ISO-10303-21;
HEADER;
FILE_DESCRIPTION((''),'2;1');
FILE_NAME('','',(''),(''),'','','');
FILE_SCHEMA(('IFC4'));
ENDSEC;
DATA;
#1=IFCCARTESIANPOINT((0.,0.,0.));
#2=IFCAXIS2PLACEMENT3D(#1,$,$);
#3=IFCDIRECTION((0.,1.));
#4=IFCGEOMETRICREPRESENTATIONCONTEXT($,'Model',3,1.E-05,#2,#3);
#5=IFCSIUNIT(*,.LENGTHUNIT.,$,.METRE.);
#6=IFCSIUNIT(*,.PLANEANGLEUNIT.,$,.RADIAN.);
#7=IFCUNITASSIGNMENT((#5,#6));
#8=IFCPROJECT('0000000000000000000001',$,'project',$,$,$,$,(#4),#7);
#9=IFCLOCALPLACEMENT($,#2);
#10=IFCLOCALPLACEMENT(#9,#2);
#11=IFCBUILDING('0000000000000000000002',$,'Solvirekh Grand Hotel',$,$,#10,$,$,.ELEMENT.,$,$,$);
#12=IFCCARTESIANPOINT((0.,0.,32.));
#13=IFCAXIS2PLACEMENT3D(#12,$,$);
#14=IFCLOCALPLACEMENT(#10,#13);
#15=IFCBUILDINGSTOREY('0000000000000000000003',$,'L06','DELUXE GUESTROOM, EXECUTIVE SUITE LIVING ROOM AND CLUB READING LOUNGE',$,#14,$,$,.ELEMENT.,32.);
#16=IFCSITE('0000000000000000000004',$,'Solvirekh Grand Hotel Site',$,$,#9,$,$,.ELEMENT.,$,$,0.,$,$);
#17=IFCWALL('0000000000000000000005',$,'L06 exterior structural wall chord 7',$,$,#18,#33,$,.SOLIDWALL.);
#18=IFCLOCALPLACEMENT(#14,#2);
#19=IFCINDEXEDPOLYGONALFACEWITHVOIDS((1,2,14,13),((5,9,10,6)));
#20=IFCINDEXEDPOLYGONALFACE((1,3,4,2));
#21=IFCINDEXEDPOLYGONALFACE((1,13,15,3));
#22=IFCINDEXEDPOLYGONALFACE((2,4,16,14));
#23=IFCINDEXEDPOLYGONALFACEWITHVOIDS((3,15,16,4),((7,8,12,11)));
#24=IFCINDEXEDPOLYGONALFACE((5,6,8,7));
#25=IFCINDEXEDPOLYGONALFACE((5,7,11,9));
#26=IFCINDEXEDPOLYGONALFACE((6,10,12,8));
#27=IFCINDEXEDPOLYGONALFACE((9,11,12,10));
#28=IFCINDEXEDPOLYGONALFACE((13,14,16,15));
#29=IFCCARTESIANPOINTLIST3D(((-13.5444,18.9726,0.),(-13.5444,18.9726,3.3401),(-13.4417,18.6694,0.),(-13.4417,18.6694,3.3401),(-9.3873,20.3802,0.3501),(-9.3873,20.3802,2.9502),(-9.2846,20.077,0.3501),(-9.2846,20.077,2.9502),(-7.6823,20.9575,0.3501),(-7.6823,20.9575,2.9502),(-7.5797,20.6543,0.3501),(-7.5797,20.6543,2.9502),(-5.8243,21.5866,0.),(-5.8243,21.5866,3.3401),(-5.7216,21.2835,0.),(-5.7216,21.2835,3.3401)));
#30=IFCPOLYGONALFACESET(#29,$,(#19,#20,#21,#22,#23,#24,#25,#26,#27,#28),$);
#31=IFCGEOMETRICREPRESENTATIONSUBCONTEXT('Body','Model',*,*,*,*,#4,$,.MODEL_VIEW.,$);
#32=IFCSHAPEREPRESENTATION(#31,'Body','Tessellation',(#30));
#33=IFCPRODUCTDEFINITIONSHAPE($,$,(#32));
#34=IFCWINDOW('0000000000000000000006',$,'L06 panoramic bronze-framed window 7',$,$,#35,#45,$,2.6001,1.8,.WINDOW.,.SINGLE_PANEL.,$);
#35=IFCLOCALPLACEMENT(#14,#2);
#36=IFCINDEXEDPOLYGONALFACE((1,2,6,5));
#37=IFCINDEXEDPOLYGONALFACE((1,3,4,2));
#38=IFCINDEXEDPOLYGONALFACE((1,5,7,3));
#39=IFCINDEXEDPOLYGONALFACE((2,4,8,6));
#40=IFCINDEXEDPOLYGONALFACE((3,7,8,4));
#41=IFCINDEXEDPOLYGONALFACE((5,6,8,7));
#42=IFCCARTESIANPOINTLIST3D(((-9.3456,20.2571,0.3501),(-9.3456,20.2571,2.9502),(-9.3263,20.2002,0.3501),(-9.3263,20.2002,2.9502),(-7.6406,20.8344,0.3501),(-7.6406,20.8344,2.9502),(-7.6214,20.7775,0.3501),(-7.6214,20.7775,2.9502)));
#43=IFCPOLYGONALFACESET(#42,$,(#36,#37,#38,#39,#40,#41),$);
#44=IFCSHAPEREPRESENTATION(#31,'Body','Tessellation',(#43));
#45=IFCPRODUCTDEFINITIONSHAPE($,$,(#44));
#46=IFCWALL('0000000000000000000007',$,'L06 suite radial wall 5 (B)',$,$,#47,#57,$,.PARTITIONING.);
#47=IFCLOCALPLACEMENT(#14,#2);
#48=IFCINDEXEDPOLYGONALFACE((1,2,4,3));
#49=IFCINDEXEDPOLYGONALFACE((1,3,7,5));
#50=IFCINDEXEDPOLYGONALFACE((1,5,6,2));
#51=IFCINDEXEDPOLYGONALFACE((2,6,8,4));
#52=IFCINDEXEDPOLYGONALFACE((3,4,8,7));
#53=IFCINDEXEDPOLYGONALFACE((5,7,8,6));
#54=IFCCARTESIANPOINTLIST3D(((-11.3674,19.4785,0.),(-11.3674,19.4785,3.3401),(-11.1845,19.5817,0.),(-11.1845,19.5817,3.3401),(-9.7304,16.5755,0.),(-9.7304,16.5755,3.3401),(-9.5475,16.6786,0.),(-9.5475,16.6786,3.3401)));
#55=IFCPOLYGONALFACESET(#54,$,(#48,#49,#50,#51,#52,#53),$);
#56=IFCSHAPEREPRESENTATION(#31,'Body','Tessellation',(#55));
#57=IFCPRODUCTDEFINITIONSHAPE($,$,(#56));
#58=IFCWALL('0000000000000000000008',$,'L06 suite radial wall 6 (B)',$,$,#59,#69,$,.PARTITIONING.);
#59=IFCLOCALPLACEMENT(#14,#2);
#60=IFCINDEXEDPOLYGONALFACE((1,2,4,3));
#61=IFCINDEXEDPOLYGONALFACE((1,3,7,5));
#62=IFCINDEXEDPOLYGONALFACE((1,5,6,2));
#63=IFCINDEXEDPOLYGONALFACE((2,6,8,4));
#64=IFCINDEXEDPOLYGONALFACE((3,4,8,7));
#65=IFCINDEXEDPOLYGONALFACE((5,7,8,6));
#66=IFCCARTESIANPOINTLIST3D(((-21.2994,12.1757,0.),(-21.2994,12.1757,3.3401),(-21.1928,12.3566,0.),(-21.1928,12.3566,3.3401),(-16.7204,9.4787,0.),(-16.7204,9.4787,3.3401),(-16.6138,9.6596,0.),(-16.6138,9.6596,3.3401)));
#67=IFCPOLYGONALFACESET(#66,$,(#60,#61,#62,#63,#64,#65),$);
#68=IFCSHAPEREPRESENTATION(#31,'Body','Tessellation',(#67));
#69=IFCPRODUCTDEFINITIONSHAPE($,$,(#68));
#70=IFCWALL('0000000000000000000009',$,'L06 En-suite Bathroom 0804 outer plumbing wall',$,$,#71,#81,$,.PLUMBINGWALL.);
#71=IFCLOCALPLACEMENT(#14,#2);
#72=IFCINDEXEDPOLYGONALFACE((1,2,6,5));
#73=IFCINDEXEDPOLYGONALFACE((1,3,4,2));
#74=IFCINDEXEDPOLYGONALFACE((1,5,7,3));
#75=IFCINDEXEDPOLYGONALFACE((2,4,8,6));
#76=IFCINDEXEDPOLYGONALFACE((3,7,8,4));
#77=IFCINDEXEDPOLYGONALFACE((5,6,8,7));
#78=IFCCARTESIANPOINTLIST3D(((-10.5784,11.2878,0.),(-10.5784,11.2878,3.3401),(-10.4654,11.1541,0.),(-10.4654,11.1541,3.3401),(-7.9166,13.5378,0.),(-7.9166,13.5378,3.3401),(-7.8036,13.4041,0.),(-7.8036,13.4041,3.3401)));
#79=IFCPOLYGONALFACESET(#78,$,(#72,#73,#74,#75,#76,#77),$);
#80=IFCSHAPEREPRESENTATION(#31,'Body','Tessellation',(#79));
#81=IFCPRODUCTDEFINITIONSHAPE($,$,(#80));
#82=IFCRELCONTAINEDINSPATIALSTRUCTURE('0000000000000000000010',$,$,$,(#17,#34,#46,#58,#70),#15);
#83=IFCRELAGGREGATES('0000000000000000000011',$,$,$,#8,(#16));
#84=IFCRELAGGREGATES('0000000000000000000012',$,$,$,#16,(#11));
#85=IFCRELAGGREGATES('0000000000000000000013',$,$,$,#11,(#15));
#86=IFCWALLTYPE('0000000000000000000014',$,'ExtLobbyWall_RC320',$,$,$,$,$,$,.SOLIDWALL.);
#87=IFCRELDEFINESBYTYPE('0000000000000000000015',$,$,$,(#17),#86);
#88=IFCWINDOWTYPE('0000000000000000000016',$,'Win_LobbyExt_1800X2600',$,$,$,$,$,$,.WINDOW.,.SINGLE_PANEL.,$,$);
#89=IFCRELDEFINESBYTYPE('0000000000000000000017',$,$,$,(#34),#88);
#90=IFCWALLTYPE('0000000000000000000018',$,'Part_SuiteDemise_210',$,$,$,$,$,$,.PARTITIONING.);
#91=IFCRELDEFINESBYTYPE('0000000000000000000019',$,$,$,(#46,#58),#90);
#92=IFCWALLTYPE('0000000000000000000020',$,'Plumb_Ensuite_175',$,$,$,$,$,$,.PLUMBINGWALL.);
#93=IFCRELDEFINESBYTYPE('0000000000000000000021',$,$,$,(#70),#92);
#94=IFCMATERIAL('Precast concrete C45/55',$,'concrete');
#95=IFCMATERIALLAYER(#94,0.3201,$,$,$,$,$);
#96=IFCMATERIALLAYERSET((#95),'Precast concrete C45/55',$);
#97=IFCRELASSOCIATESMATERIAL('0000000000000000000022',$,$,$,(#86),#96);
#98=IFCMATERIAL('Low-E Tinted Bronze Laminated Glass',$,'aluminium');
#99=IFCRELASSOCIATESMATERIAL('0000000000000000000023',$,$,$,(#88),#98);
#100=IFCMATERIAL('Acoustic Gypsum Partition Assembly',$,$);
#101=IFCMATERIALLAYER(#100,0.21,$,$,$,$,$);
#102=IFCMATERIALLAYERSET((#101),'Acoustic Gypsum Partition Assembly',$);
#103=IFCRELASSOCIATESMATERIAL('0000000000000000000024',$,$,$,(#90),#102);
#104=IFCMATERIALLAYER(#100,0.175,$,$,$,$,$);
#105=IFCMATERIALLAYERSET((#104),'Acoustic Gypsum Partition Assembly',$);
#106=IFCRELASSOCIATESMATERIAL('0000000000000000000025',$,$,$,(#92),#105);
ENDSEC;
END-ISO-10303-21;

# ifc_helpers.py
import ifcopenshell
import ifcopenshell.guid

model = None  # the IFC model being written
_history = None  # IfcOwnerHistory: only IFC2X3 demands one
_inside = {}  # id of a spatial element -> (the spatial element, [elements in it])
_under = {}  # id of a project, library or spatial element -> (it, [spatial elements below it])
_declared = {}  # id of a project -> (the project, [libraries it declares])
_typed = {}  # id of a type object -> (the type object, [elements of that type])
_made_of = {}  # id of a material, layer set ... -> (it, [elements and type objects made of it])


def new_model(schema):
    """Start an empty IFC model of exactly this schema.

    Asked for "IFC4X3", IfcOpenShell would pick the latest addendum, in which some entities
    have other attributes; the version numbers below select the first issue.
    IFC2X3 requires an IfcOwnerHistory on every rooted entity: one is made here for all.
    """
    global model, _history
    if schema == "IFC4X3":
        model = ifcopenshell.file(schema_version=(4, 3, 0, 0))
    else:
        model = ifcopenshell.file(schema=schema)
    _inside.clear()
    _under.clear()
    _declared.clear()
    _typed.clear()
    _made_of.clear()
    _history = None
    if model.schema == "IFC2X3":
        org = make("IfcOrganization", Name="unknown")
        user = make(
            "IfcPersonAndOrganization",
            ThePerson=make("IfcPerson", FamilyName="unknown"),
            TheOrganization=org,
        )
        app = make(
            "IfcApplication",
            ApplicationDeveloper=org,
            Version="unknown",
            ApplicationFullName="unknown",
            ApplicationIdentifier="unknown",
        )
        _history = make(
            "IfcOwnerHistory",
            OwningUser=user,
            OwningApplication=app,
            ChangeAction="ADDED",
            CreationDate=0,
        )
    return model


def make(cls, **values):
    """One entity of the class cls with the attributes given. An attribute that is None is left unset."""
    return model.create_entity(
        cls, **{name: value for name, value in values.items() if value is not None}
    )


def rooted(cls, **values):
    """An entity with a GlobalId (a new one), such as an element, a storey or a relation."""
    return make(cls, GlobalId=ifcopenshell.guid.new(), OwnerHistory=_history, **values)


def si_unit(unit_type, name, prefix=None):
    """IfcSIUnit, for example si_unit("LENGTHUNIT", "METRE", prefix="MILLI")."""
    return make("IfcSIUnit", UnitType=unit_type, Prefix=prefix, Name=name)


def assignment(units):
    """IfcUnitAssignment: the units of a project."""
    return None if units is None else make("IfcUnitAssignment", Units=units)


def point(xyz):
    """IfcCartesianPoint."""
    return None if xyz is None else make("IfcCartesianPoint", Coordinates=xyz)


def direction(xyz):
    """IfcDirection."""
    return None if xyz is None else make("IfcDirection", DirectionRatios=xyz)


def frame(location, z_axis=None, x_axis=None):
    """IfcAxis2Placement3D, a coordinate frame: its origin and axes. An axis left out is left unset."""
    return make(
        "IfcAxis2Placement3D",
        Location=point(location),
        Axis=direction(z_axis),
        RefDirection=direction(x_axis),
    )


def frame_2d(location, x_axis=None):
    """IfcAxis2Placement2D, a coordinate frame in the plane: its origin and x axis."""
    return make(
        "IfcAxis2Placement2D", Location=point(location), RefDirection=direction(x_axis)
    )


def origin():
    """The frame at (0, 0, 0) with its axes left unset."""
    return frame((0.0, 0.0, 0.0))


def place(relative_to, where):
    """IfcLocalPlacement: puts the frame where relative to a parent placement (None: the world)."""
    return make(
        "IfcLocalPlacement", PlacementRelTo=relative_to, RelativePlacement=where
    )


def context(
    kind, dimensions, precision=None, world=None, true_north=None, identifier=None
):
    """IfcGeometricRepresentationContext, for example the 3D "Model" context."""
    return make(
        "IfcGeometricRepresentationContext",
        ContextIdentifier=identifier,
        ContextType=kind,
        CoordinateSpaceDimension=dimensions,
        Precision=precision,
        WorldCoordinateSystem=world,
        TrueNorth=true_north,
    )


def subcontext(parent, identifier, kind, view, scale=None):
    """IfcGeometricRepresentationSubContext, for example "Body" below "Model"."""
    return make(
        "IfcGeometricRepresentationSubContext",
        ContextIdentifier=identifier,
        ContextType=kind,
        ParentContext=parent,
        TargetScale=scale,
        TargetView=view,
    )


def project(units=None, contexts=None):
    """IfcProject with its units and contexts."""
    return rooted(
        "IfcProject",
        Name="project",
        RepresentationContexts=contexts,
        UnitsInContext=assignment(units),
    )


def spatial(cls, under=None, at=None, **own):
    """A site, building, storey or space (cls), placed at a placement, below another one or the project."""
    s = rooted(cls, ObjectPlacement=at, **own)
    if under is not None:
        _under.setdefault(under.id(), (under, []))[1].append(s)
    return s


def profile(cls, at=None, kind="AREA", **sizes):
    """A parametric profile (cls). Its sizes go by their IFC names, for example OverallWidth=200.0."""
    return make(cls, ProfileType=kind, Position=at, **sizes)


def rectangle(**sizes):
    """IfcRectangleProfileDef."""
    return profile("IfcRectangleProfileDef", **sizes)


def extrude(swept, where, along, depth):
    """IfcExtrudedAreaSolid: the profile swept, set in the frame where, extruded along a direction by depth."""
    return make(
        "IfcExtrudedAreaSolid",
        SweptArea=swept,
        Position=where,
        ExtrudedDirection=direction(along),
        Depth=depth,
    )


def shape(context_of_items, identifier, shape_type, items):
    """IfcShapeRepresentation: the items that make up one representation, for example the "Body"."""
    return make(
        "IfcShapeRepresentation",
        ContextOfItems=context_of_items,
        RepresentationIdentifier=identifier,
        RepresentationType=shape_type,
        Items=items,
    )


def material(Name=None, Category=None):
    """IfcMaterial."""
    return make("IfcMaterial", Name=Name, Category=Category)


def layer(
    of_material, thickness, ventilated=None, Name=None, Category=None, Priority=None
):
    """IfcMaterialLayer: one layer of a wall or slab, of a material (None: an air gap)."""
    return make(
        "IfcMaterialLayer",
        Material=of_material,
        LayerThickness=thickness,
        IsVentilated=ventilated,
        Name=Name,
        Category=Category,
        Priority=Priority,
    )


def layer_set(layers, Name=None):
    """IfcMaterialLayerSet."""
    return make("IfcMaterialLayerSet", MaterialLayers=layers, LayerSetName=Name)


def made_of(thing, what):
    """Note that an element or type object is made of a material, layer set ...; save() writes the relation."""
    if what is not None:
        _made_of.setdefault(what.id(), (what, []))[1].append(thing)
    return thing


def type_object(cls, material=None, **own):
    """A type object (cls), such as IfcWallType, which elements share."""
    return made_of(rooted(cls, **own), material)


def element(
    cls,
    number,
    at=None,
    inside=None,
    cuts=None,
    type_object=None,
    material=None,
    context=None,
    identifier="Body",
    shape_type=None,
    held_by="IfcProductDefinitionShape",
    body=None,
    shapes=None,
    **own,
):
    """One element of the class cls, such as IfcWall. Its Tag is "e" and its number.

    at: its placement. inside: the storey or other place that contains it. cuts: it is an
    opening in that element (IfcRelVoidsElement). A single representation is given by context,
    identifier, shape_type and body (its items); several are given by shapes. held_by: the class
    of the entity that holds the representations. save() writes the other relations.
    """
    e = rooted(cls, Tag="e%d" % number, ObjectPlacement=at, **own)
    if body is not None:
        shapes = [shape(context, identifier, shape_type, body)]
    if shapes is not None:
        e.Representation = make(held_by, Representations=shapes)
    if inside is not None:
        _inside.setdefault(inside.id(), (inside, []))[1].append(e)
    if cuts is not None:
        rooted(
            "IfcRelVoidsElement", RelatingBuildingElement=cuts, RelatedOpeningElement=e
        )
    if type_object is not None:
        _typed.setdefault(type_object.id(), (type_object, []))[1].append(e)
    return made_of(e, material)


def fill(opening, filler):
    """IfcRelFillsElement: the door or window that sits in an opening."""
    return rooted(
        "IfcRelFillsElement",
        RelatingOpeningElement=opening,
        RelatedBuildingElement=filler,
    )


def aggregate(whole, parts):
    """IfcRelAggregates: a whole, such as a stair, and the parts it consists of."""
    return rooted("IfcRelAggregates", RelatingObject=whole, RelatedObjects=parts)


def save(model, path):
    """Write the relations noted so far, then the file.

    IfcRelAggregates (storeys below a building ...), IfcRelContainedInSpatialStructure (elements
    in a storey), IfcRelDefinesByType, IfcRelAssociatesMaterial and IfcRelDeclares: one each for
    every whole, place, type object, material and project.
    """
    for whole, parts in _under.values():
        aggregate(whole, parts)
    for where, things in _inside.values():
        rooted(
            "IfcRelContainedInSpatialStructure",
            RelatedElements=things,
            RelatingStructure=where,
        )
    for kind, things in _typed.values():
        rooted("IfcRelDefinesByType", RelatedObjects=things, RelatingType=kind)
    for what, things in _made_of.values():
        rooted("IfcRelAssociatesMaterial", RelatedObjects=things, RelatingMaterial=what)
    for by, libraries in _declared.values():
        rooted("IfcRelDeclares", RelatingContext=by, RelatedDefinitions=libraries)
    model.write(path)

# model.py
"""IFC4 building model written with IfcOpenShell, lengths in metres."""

from ifc_helpers import new_model, si_unit, direction, frame, frame_2d, origin, place, context, subcontext, project, spatial, rectangle, extrude, material, layer, layer_set, type_object, element, fill, save


model = new_model("IFC4")

# Units and contexts
model_context = context("Model", 3, precision=1e-05, world=origin(), true_north=direction((0.0, 1.0)))
body_context = subcontext(model_context, "Body", "Model", "MODEL_VIEW")
ifc_project = project(units=[si_unit("LENGTHUNIT", "METRE"), si_unit("PLANEANGLEUNIT", "RADIAN")], contexts=[model_context])

# Site, building, storey
site_placement = place(None, origin())
site = spatial("IfcSite", under=ifc_project, at=site_placement, Name="Solvirekh Grand Hotel Site", CompositionType="ELEMENT", RefElevation=0.0)
building_placement = place(site_placement, origin())
building = spatial("IfcBuilding", under=site, at=building_placement, Name="Solvirekh Grand Hotel", CompositionType="ELEMENT")
storey_placement = place(building_placement, frame((0.0, 0.0, 32.0)))
storey = spatial("IfcBuildingStorey", under=building, at=storey_placement, Name="L06", Description="DELUXE GUESTROOM, EXECUTIVE SUITE LIVING ROOM AND CLUB READING LOUNGE", CompositionType="ELEMENT", Elevation=32.0)

# Shared definitions
ifc_material_1 = material(Name="Low-E Tinted Bronze Laminated Glass", Category="aluminium")

# Wall, opening, window
ifc_material_2 = material(Name="Precast concrete C45/55", Category="concrete")
ifc_layer_1 = layer(ifc_material_2, 0.3201)
ifc_layer_set_1 = layer_set([ifc_layer_1], Name="Precast concrete C45/55")
wall_type_1 = type_object("IfcWallType", Name="ExtLobbyWall_RC320", PredefinedType="SOLIDWALL", material=ifc_layer_set_1)
wall_1_placement = place(storey_placement, frame((-13.4929, 18.821, 0.0), z_axis=(0.0, 0.0, 1.0), x_axis=(0.947175, 0.320717, 0.0)))
wall_1 = element("IfcWall", 1, at=wall_1_placement, inside=storey, type_object=wall_type_1, Name="L06 exterior structural wall chord 7", PredefinedType="SOLIDWALL", context=body_context, shape_type="SweptSolid", body=[
    extrude(rectangle(XDim=8.1506, YDim=0.3201, at=frame_2d((4.0752, 0.0))), origin(), (0.0, 0.0, 1.0), 3.3401),
])
opening_placement = place(wall_1_placement, frame((4.3889, 0.0, 0.3501)))
opening = element("IfcOpeningElement", 2, at=opening_placement, cuts=wall_1, PredefinedType="OPENING", context=body_context, shape_type="SweptSolid", body=[
    extrude(rectangle(XDim=1.8, YDim=2.6001, at=frame_2d((0.8999, 1.3))), frame((0.0, 0.1699, 0.0), z_axis=(0.0, -1.0, 0.0), x_axis=(1.0, 0.0, 0.0)), (0.0, 0.0, 1.0), 0.3401),
])
window_type = type_object("IfcWindowType", Name="Win_LobbyExt_1800X2600", PartitioningType="SINGLE_PANEL", PredefinedType="WINDOW", material=ifc_material_1)
window_placement = place(opening_placement, origin())
window = element("IfcWindow", 3, at=window_placement, inside=storey, type_object=window_type, Name="L06 panoramic bronze-framed window 7", OverallHeight=2.6001, OverallWidth=1.8, PartitioningType="SINGLE_PANEL", PredefinedType="WINDOW", context=body_context, shape_type="SweptSolid", body=[
    extrude(rectangle(XDim=1.8, YDim=2.6001, at=frame_2d((0.8999, 1.3))), frame((0.0, 0.03, 0.0), z_axis=(0.0, -1.0, 0.0), x_axis=(1.0, 0.0, 0.0)), (0.0, 0.0, 1.0), 0.0601),
])
fill(opening, window)

# Walls
ifc_material_3 = material(Name="Acoustic Gypsum Partition Assembly")
ifc_layer_2 = layer(ifc_material_3, 0.21)
ifc_layer_set_2 = layer_set([ifc_layer_2], Name="Acoustic Gypsum Partition Assembly")
wall_type_2 = type_object("IfcWallType", Name="Part_SuiteDemise_210", PredefinedType="PARTITIONING", material=ifc_layer_set_2)
wall_2_placement = place(storey_placement, frame((-9.6389, 16.627, 0.0), z_axis=(0.0, 0.0, 1.0), x_axis=(-0.491169, 0.871064, 0.0)))
element("IfcWall", 4, at=wall_2_placement, inside=storey, type_object=wall_type_2, Name="L06 suite radial wall 5 (B)", PredefinedType="PARTITIONING", context=body_context, shape_type="SweptSolid", body=[
    extrude(rectangle(XDim=3.3328, YDim=0.21, at=frame_2d((1.6665, 0.0))), origin(), (0.0, 0.0, 1.0), 3.3401),
])
wall_3_placement = place(storey_placement, frame((-16.667, 9.5691, 0.0), z_axis=(0.0, 0.0, 1.0), x_axis=(-0.861652, 0.5075, 0.0)))
element("IfcWall", 5, at=wall_3_placement, inside=storey, type_object=wall_type_2, Name="L06 suite radial wall 6 (B)", PredefinedType="PARTITIONING", context=body_context, shape_type="SweptSolid", body=[
    extrude(rectangle(XDim=5.3142, YDim=0.21, at=frame_2d((2.6572, 0.0))), origin(), (0.0, 0.0, 1.0), 3.3401),
])
ifc_layer_3 = layer(ifc_material_3, 0.175)
ifc_layer_set_3 = layer_set([ifc_layer_3], Name="Acoustic Gypsum Partition Assembly")
wall_type_3 = type_object("IfcWallType", Name="Plumb_Ensuite_175", PredefinedType="PLUMBINGWALL", material=ifc_layer_set_3)
wall_4_placement = place(storey_placement, frame((-7.8601, 13.4709, 0.0), z_axis=(0.0, 0.0, 1.0), x_axis=(-0.763718, -0.64555, 0.0)))
element("IfcWall", 6, at=wall_4_placement, inside=storey, type_object=wall_type_3, Name="L06 En-suite Bathroom 0804 outer plumbing wall", PredefinedType="PLUMBINGWALL", context=body_context, shape_type="SweptSolid", body=[
    extrude(rectangle(XDim=3.4854, YDim=0.175, at=frame_2d((1.7427, 0.0))), origin(), (0.0, 0.0, 1.0), 3.3401),
])

save(model, "model.ifc")
